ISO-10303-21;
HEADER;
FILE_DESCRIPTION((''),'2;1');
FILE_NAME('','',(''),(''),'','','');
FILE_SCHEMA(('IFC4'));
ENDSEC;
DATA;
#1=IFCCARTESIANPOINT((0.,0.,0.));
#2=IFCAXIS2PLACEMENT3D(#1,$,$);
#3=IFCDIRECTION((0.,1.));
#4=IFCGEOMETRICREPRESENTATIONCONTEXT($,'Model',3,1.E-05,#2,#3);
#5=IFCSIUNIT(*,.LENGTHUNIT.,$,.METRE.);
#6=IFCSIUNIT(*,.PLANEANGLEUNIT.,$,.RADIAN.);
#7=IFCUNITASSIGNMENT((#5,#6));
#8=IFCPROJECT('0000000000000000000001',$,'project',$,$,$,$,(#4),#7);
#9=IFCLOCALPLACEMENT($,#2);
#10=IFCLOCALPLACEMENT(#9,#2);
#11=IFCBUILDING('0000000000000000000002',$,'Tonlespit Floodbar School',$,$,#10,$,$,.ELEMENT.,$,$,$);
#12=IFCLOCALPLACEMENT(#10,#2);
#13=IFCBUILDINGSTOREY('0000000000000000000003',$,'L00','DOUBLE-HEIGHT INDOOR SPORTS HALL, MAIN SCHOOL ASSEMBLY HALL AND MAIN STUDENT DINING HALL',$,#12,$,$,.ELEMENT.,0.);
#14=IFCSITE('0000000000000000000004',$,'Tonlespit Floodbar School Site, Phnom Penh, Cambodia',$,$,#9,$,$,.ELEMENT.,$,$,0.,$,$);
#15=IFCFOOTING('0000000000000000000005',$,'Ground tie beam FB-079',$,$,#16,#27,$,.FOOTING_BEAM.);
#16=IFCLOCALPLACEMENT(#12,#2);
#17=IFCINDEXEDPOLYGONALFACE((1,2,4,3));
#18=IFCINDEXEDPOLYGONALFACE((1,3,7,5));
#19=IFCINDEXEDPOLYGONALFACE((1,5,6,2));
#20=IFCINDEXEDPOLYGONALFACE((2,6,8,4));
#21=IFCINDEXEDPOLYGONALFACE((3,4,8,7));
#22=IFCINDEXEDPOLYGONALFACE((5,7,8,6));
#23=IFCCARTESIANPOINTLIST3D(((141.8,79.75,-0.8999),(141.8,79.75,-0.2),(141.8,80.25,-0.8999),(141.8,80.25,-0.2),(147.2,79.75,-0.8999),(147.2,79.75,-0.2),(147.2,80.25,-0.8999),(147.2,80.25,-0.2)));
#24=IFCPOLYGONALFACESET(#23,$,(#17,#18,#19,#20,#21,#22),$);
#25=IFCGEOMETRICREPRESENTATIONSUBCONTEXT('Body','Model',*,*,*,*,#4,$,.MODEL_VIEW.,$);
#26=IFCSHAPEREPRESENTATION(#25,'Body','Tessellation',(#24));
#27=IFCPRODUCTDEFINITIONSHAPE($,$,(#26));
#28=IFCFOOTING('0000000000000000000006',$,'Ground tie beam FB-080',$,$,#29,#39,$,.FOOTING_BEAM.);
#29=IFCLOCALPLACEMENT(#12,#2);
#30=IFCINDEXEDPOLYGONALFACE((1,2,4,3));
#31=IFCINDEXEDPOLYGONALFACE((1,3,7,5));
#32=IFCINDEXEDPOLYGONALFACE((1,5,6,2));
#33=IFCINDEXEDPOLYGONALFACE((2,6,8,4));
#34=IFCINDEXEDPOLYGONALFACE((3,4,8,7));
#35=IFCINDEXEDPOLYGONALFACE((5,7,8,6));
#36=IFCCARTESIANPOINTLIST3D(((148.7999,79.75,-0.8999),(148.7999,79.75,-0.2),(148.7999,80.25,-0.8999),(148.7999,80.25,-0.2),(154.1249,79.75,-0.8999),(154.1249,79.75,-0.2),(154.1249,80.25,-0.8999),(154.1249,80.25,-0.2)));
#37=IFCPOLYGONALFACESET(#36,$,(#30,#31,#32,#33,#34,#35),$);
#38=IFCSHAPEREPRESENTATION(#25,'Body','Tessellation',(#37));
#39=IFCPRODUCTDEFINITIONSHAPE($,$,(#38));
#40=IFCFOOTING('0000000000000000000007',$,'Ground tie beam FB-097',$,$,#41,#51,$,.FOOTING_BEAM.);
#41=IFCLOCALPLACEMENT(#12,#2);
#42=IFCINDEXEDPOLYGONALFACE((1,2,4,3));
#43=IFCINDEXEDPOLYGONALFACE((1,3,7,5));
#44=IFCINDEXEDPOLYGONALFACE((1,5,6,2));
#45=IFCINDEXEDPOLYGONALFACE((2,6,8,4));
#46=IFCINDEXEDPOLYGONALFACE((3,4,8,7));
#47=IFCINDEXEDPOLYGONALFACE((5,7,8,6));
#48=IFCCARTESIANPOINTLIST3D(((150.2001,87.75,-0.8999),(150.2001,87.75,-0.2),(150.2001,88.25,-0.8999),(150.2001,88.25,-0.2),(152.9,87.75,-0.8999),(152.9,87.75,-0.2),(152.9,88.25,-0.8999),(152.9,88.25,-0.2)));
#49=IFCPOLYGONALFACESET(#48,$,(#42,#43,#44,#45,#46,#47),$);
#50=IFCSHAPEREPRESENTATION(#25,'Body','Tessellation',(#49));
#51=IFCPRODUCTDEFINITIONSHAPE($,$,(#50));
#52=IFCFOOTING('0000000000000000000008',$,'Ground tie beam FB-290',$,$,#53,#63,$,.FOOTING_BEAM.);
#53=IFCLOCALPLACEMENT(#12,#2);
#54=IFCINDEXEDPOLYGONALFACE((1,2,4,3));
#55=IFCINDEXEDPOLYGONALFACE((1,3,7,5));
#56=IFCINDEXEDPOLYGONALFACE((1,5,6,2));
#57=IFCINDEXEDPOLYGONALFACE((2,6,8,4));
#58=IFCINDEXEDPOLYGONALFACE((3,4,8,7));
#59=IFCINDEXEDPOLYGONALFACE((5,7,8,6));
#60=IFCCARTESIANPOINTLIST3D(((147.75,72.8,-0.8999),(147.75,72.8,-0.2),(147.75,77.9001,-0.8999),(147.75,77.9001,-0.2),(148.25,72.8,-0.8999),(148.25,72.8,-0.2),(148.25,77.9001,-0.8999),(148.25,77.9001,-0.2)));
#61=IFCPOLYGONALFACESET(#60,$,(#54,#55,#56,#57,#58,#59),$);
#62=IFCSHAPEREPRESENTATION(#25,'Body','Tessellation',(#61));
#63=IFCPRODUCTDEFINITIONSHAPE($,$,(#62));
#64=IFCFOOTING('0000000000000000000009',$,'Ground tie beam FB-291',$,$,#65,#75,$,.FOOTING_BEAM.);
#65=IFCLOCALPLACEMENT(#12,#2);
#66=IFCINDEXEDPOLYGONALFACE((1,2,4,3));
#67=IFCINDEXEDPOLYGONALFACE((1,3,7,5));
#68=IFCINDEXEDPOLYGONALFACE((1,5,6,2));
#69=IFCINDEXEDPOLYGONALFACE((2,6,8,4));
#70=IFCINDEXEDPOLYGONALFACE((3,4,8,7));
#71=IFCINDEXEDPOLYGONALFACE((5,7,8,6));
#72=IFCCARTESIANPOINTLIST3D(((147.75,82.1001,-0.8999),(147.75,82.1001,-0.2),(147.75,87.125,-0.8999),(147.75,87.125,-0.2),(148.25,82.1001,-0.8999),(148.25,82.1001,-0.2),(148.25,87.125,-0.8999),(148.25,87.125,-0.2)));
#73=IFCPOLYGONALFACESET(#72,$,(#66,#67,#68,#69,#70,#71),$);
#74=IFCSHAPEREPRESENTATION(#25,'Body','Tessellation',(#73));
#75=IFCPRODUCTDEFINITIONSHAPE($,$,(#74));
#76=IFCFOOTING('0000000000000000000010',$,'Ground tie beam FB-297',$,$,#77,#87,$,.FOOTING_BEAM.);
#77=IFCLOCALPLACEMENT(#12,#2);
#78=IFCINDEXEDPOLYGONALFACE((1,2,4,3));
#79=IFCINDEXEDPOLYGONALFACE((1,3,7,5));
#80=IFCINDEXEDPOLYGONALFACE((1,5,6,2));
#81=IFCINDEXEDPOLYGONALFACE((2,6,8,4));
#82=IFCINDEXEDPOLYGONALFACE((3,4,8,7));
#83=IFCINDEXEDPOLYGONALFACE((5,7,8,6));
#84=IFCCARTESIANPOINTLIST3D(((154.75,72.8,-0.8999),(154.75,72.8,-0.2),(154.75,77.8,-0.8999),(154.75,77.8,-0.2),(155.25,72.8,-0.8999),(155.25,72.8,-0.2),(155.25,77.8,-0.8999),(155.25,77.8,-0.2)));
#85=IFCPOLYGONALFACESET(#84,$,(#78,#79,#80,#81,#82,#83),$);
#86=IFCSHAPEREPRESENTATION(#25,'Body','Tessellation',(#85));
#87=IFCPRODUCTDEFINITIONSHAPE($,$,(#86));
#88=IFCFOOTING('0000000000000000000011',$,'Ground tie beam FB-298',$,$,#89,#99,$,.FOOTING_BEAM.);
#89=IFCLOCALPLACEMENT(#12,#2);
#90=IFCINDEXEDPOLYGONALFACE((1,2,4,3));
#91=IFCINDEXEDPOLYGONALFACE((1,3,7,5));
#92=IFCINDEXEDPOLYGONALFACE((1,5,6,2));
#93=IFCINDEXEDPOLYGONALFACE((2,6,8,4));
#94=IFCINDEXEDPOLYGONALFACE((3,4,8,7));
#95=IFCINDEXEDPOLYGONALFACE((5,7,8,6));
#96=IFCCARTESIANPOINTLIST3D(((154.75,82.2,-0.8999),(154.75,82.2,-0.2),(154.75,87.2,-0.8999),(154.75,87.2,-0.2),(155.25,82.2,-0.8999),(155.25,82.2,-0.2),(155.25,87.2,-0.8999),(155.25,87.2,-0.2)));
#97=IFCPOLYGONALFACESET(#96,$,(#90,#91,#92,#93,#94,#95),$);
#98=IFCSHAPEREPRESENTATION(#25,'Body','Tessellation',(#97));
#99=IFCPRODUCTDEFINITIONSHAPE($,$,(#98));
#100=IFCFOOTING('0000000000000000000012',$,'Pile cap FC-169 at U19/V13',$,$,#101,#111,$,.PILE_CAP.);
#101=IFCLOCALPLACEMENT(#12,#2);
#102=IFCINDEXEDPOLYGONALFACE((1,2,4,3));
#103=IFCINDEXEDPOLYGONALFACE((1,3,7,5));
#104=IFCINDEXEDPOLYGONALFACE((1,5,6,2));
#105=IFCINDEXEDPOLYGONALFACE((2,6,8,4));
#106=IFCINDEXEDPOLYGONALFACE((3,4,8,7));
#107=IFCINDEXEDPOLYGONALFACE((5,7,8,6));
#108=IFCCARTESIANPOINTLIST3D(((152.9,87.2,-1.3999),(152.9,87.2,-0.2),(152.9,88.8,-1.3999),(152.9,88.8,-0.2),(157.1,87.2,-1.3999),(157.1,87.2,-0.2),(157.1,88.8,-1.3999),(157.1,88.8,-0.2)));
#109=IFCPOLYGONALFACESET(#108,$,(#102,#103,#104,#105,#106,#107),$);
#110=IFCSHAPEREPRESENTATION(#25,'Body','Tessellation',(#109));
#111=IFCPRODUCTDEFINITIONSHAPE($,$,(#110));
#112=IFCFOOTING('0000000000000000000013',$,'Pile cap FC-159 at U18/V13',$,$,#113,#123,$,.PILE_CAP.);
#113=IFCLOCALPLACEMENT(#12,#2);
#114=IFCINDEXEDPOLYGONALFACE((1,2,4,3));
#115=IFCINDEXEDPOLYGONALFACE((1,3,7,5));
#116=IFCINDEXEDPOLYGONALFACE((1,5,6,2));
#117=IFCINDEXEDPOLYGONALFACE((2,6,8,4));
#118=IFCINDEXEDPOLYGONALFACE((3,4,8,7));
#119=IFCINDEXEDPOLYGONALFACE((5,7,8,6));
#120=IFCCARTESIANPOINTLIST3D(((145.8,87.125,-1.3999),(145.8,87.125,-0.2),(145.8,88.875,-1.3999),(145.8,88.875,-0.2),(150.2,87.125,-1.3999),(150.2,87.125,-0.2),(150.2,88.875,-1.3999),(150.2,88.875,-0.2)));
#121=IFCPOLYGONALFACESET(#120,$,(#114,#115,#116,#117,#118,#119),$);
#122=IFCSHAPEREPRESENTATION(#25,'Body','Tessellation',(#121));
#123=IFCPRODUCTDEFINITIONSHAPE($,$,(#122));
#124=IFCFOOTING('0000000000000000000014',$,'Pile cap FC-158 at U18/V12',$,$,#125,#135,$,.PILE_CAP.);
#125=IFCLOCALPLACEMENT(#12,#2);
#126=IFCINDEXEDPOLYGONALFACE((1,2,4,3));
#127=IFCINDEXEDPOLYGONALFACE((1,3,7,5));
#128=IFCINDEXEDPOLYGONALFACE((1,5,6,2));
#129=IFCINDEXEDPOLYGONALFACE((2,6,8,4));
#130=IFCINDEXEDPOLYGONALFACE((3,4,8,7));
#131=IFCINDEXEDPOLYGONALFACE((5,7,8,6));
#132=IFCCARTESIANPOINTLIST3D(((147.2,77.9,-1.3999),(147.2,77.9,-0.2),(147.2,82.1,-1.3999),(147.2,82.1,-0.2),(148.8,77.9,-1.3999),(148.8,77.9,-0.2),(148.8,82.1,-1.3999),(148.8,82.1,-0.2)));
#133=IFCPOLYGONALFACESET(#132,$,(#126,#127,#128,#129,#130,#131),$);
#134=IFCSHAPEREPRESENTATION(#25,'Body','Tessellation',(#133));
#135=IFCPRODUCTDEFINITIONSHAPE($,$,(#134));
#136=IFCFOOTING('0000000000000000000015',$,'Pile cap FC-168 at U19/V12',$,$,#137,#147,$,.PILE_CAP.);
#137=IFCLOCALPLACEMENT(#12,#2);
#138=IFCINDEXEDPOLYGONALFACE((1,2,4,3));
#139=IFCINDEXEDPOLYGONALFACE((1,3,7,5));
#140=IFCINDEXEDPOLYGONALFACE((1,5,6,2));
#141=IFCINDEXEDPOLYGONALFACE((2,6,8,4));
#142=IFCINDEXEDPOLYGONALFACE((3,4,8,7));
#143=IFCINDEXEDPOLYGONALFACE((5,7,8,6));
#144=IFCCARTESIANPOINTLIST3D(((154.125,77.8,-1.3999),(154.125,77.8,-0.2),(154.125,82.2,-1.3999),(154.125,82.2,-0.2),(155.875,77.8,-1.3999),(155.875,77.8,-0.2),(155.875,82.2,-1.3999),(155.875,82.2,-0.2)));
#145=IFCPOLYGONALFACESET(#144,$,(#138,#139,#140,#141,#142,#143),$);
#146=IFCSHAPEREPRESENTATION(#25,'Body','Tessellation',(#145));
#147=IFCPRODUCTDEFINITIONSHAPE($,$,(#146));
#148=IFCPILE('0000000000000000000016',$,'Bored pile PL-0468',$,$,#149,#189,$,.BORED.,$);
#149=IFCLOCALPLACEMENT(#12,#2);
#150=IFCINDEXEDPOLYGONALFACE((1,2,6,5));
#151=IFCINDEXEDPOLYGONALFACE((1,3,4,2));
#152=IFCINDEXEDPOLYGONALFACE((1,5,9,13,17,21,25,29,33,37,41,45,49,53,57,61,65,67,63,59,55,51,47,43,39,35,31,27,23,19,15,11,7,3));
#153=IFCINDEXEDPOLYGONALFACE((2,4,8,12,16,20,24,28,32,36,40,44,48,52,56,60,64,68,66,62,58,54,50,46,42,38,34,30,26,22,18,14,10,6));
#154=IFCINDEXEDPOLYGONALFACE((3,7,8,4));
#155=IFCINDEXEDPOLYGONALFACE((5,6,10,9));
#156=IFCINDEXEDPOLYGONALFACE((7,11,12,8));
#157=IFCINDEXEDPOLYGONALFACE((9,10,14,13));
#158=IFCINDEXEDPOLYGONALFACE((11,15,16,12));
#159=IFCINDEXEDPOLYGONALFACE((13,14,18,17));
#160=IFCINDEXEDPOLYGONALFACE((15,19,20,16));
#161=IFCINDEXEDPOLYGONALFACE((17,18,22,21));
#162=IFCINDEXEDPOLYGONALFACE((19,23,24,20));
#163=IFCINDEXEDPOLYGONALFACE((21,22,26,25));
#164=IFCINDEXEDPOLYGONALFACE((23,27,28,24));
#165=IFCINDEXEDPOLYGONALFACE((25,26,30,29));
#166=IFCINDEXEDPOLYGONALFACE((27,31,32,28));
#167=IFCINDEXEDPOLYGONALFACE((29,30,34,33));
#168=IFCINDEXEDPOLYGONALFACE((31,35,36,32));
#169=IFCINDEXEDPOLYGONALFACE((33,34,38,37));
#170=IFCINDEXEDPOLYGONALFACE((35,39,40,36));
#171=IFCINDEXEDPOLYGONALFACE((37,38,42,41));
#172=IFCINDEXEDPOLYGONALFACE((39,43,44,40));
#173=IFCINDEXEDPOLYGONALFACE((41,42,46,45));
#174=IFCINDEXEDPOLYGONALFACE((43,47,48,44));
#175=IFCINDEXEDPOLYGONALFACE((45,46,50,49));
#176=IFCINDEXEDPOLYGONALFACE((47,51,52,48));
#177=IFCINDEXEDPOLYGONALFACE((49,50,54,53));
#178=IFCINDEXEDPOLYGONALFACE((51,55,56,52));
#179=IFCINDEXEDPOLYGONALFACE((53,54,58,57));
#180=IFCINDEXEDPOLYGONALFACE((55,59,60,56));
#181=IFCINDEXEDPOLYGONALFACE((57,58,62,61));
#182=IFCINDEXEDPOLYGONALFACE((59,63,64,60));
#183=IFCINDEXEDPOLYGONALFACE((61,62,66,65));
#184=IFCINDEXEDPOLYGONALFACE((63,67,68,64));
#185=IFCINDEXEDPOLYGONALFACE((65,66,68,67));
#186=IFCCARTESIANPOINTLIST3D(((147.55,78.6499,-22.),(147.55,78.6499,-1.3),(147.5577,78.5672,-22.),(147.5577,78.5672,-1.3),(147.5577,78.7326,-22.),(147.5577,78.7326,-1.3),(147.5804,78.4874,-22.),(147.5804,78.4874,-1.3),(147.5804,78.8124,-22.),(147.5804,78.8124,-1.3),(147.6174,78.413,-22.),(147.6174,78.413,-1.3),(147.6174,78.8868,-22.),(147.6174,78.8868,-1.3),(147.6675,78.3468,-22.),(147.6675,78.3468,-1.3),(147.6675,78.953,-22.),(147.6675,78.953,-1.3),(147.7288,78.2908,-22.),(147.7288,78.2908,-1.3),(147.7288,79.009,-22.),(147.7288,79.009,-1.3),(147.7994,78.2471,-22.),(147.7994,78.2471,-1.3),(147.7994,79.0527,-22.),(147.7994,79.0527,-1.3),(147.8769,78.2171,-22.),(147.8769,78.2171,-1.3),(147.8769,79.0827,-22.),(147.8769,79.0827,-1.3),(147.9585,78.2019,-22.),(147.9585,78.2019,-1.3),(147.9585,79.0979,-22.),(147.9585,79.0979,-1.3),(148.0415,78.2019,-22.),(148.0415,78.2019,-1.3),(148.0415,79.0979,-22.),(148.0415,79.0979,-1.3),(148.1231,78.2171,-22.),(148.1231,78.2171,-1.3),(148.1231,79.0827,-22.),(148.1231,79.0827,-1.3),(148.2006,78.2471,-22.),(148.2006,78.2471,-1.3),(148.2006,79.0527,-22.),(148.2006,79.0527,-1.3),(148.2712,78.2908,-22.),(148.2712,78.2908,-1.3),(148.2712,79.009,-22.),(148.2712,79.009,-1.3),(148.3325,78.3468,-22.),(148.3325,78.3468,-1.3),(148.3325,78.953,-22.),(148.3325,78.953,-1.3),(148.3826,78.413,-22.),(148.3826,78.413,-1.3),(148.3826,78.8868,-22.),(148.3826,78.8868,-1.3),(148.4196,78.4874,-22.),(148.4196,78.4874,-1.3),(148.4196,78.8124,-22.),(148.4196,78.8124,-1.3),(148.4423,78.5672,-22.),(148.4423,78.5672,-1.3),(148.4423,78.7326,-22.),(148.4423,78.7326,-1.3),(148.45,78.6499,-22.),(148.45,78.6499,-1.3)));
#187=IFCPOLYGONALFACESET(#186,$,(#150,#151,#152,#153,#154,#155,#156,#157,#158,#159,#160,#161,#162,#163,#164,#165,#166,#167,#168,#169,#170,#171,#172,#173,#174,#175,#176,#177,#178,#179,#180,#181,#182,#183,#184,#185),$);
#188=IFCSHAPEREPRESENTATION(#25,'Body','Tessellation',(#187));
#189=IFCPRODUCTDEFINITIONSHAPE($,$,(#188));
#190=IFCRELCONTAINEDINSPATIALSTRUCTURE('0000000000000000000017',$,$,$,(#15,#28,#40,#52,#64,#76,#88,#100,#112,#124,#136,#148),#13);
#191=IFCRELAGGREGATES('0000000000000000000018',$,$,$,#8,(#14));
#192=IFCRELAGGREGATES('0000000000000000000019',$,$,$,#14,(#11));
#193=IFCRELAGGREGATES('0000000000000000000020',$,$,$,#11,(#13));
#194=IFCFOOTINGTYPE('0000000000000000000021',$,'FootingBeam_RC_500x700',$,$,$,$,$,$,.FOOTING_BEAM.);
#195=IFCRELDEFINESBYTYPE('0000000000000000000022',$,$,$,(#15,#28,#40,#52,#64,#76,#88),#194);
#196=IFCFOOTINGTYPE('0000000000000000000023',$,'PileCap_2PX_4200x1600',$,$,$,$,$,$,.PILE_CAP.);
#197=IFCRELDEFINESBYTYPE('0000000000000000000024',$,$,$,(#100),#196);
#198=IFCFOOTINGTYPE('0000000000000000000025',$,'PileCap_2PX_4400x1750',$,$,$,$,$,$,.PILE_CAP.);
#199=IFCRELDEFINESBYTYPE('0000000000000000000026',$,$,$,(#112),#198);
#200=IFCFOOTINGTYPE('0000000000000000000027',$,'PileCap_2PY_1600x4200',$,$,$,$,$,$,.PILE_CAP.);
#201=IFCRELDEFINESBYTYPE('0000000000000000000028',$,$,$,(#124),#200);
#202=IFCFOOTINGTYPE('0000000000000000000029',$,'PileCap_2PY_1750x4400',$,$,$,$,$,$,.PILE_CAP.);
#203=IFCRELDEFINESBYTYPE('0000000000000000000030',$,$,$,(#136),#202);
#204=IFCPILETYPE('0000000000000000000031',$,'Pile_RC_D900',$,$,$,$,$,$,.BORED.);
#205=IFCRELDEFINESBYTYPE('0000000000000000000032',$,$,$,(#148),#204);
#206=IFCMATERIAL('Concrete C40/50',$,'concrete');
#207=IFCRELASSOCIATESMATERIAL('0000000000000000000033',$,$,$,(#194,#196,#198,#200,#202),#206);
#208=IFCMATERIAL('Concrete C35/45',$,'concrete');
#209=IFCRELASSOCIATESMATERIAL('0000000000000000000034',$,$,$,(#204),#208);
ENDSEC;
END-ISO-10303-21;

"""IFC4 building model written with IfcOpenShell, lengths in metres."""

from ifc_helpers import new_model, si_unit, direction, frame, origin, origin_2d, place, context, subcontext, project, spatial, rectangle, circle, extrude, material, material_profile, profile_set, type_object, element, save


model = new_model("IFC4")

# Units and contexts
model_context = context("Model", 3, precision=1e-05, world=origin(), true_north=direction((0.0, 1.0)))
body_context = subcontext(model_context, "Body", "Model", "MODEL_VIEW")
ifc_project = project(units=[si_unit("LENGTHUNIT", "METRE"), si_unit("PLANEANGLEUNIT", "RADIAN")], contexts=[model_context])

# Site, building, storey
site_placement = place(None, origin())
site = spatial("IfcSite", under=ifc_project, at=site_placement, Name="Tonlespit Floodbar School Site, Phnom Penh, Cambodia", CompositionType="ELEMENT", RefElevation=0.0)
building_placement = place(site_placement, origin())
building = spatial("IfcBuilding", under=site, at=building_placement, Name="Tonlespit Floodbar School", CompositionType="ELEMENT")
storey_placement = place(building_placement, origin())
storey = spatial("IfcBuildingStorey", under=building, at=storey_placement, Name="L00", Description="DOUBLE-HEIGHT INDOOR SPORTS HALL, MAIN SCHOOL ASSEMBLY HALL AND MAIN STUDENT DINING HALL", CompositionType="ELEMENT", Elevation=0.0)

# Footings
ifc_material_1 = material(Name="Concrete C40/50", Category="concrete")
footing_type_1 = type_object("IfcFootingType", Name="FootingBeam_RC_500x700", PredefinedType="FOOTING_BEAM", material=ifc_material_1)
footing_1_placement = place(storey_placement, frame((144.5, 80.0, -0.8999), z_axis=(0.0, 0.0, 1.0), x_axis=(1.0, 0.0, 0.0)))
element("IfcFooting", 1, at=footing_1_placement, inside=storey, type_object=footing_type_1, Name="Ground tie beam FB-079", PredefinedType="FOOTING_BEAM", context=body_context, shape_type="SweptSolid", body=[
    extrude(rectangle(XDim=5.3999, YDim=0.5, at=origin_2d()), origin(), (0.0, 0.0, 1.0), 0.7),
])
footing_2_placement = place(storey_placement, frame((151.4624, 80.0, -0.8999), z_axis=(0.0, 0.0, 1.0), x_axis=(1.0, 0.0, 0.0)))
element("IfcFooting", 2, at=footing_2_placement, inside=storey, type_object=footing_type_1, Name="Ground tie beam FB-080", PredefinedType="FOOTING_BEAM", context=body_context, shape_type="SweptSolid", body=[
    extrude(rectangle(XDim=5.325, YDim=0.5, at=origin_2d()), origin(), (0.0, 0.0, 1.0), 0.7),
])
footing_3_placement = place(storey_placement, frame((151.55, 88.0, -0.8999), z_axis=(0.0, 0.0, 1.0), x_axis=(1.0, 0.0, 0.0)))
element("IfcFooting", 3, at=footing_3_placement, inside=storey, type_object=footing_type_1, Name="Ground tie beam FB-097", PredefinedType="FOOTING_BEAM", context=body_context, shape_type="SweptSolid", body=[
    extrude(rectangle(XDim=2.7, YDim=0.5, at=origin_2d()), origin(), (0.0, 0.0, 1.0), 0.7),
])
footing_4_placement = place(storey_placement, frame((148.0, 75.3501, -0.8999), z_axis=(0.0, 0.0, 1.0), x_axis=(0.0, 1.0, 0.0)))
element("IfcFooting", 4, at=footing_4_placement, inside=storey, type_object=footing_type_1, Name="Ground tie beam FB-290", PredefinedType="FOOTING_BEAM", context=body_context, shape_type="SweptSolid", body=[
    extrude(rectangle(XDim=5.1001, YDim=0.5, at=origin_2d()), origin(), (0.0, 0.0, 1.0), 0.7),
])
footing_5_placement = place(storey_placement, frame((148.0, 84.6125, -0.8999), z_axis=(0.0, 0.0, 1.0), x_axis=(0.0, 1.0, 0.0)))
element("IfcFooting", 5, at=footing_5_placement, inside=storey, type_object=footing_type_1, Name="Ground tie beam FB-291", PredefinedType="FOOTING_BEAM", context=body_context, shape_type="SweptSolid", body=[
    extrude(rectangle(XDim=5.0249, YDim=0.5, at=origin_2d()), origin(), (0.0, 0.0, 1.0), 0.7),
])
for number, where, z_axis, x_axis, name in (
    (6, (155.0, 75.3, -0.8999), (0.0, 0.0, 1.0), (0.0, 1.0, 0.0), "Ground tie beam FB-297"),
    (7, (155.0, 84.7, -0.8999), (0.0, 0.0, 1.0), (0.0, 1.0, 0.0), "Ground tie beam FB-298"),
):
    element("IfcFooting", number, at=place(storey_placement, frame(where, z_axis=z_axis, x_axis=x_axis)), inside=storey, type_object=footing_type_1, Name=name, PredefinedType="FOOTING_BEAM", context=body_context, shape_type="SweptSolid", body=[
        extrude(rectangle(XDim=5.0, YDim=0.5, at=origin_2d()), origin(), (0.0, 0.0, 1.0), 0.7),
    ])
footing_type_2 = type_object("IfcFootingType", Name="PileCap_2PX_4200x1600", PredefinedType="PILE_CAP", material=ifc_material_1)
footing_6_placement = place(storey_placement, frame((155.0, 88.0, -1.3999), z_axis=(0.0, 0.0, 1.0), x_axis=(1.0, 0.0, 0.0)))
element("IfcFooting", 8, at=footing_6_placement, inside=storey, type_object=footing_type_2, Name="Pile cap FC-169 at U19/V13", PredefinedType="PILE_CAP", context=body_context, shape_type="SweptSolid", body=[
    extrude(rectangle(XDim=4.2, YDim=1.6001, at=origin_2d()), origin(), (0.0, 0.0, 1.0), 1.2),
])
footing_type_3 = type_object("IfcFootingType", Name="PileCap_2PX_4400x1750", PredefinedType="PILE_CAP", material=ifc_material_1)
footing_7_placement = place(storey_placement, frame((148.0, 88.0, -1.3999), z_axis=(0.0, 0.0, 1.0), x_axis=(1.0, 0.0, 0.0)))
element("IfcFooting", 9, at=footing_7_placement, inside=storey, type_object=footing_type_3, Name="Pile cap FC-159 at U18/V13", PredefinedType="PILE_CAP", context=body_context, shape_type="SweptSolid", body=[
    extrude(rectangle(XDim=4.3999, YDim=1.75, at=origin_2d()), origin(), (0.0, 0.0, 1.0), 1.2),
])
footing_type_4 = type_object("IfcFootingType", Name="PileCap_2PY_1600x4200", PredefinedType="PILE_CAP", material=ifc_material_1)
footing_8_placement = place(storey_placement, frame((148.0, 80.0, -1.3999), z_axis=(0.0, 0.0, 1.0), x_axis=(1.0, 0.0, 0.0)))
element("IfcFooting", 10, at=footing_8_placement, inside=storey, type_object=footing_type_4, Name="Pile cap FC-158 at U18/V12", PredefinedType="PILE_CAP", context=body_context, shape_type="SweptSolid", body=[
    extrude(rectangle(XDim=1.6001, YDim=4.2, at=origin_2d()), origin(), (0.0, 0.0, 1.0), 1.2),
])
footing_type_5 = type_object("IfcFootingType", Name="PileCap_2PY_1750x4400", PredefinedType="PILE_CAP", material=ifc_material_1)
footing_9_placement = place(storey_placement, frame((155.0, 80.0, -1.3999), z_axis=(0.0, 0.0, 1.0), x_axis=(1.0, 0.0, 0.0)))
element("IfcFooting", 11, at=footing_9_placement, inside=storey, type_object=footing_type_5, Name="Pile cap FC-168 at U19/V12", PredefinedType="PILE_CAP", context=body_context, shape_type="SweptSolid", body=[
    extrude(rectangle(XDim=1.75, YDim=4.3999, at=origin_2d()), origin(), (0.0, 0.0, 1.0), 1.2),
])

# Pile
ifc_material_2 = material(Name="Concrete C35/45", Category="concrete")
ifc_material_profile_1 = material_profile(ifc_material_2, circle(Radius=0.45, at=origin_2d()), Name="BP D900")
ifc_profile_set_1 = profile_set([ifc_material_profile_1], Name="Concrete C35/45")
pile_type = type_object("IfcPileType", Name="Pile_RC_D900", PredefinedType="BORED", material=ifc_profile_set_1)
for number, where, z_axis, x_axis, name in (
    (12, (148.0, 78.6499, -1.3), (0.0, 0.0, -1.0), (1.0, 0.0, 0.0), "Bored pile PL-0468"),
):
    element("IfcPile", number, at=place(storey_placement, frame(where, z_axis=z_axis, x_axis=x_axis)), inside=storey, type_object=pile_type, Name=name, PredefinedType="BORED", context=body_context, shape_type="SweptSolid", body=[
        extrude(circle(Radius=0.45, at=origin_2d()), origin(), (0.0, 0.0, 1.0), 20.7),
    ])

save(model, "model.ifc")
